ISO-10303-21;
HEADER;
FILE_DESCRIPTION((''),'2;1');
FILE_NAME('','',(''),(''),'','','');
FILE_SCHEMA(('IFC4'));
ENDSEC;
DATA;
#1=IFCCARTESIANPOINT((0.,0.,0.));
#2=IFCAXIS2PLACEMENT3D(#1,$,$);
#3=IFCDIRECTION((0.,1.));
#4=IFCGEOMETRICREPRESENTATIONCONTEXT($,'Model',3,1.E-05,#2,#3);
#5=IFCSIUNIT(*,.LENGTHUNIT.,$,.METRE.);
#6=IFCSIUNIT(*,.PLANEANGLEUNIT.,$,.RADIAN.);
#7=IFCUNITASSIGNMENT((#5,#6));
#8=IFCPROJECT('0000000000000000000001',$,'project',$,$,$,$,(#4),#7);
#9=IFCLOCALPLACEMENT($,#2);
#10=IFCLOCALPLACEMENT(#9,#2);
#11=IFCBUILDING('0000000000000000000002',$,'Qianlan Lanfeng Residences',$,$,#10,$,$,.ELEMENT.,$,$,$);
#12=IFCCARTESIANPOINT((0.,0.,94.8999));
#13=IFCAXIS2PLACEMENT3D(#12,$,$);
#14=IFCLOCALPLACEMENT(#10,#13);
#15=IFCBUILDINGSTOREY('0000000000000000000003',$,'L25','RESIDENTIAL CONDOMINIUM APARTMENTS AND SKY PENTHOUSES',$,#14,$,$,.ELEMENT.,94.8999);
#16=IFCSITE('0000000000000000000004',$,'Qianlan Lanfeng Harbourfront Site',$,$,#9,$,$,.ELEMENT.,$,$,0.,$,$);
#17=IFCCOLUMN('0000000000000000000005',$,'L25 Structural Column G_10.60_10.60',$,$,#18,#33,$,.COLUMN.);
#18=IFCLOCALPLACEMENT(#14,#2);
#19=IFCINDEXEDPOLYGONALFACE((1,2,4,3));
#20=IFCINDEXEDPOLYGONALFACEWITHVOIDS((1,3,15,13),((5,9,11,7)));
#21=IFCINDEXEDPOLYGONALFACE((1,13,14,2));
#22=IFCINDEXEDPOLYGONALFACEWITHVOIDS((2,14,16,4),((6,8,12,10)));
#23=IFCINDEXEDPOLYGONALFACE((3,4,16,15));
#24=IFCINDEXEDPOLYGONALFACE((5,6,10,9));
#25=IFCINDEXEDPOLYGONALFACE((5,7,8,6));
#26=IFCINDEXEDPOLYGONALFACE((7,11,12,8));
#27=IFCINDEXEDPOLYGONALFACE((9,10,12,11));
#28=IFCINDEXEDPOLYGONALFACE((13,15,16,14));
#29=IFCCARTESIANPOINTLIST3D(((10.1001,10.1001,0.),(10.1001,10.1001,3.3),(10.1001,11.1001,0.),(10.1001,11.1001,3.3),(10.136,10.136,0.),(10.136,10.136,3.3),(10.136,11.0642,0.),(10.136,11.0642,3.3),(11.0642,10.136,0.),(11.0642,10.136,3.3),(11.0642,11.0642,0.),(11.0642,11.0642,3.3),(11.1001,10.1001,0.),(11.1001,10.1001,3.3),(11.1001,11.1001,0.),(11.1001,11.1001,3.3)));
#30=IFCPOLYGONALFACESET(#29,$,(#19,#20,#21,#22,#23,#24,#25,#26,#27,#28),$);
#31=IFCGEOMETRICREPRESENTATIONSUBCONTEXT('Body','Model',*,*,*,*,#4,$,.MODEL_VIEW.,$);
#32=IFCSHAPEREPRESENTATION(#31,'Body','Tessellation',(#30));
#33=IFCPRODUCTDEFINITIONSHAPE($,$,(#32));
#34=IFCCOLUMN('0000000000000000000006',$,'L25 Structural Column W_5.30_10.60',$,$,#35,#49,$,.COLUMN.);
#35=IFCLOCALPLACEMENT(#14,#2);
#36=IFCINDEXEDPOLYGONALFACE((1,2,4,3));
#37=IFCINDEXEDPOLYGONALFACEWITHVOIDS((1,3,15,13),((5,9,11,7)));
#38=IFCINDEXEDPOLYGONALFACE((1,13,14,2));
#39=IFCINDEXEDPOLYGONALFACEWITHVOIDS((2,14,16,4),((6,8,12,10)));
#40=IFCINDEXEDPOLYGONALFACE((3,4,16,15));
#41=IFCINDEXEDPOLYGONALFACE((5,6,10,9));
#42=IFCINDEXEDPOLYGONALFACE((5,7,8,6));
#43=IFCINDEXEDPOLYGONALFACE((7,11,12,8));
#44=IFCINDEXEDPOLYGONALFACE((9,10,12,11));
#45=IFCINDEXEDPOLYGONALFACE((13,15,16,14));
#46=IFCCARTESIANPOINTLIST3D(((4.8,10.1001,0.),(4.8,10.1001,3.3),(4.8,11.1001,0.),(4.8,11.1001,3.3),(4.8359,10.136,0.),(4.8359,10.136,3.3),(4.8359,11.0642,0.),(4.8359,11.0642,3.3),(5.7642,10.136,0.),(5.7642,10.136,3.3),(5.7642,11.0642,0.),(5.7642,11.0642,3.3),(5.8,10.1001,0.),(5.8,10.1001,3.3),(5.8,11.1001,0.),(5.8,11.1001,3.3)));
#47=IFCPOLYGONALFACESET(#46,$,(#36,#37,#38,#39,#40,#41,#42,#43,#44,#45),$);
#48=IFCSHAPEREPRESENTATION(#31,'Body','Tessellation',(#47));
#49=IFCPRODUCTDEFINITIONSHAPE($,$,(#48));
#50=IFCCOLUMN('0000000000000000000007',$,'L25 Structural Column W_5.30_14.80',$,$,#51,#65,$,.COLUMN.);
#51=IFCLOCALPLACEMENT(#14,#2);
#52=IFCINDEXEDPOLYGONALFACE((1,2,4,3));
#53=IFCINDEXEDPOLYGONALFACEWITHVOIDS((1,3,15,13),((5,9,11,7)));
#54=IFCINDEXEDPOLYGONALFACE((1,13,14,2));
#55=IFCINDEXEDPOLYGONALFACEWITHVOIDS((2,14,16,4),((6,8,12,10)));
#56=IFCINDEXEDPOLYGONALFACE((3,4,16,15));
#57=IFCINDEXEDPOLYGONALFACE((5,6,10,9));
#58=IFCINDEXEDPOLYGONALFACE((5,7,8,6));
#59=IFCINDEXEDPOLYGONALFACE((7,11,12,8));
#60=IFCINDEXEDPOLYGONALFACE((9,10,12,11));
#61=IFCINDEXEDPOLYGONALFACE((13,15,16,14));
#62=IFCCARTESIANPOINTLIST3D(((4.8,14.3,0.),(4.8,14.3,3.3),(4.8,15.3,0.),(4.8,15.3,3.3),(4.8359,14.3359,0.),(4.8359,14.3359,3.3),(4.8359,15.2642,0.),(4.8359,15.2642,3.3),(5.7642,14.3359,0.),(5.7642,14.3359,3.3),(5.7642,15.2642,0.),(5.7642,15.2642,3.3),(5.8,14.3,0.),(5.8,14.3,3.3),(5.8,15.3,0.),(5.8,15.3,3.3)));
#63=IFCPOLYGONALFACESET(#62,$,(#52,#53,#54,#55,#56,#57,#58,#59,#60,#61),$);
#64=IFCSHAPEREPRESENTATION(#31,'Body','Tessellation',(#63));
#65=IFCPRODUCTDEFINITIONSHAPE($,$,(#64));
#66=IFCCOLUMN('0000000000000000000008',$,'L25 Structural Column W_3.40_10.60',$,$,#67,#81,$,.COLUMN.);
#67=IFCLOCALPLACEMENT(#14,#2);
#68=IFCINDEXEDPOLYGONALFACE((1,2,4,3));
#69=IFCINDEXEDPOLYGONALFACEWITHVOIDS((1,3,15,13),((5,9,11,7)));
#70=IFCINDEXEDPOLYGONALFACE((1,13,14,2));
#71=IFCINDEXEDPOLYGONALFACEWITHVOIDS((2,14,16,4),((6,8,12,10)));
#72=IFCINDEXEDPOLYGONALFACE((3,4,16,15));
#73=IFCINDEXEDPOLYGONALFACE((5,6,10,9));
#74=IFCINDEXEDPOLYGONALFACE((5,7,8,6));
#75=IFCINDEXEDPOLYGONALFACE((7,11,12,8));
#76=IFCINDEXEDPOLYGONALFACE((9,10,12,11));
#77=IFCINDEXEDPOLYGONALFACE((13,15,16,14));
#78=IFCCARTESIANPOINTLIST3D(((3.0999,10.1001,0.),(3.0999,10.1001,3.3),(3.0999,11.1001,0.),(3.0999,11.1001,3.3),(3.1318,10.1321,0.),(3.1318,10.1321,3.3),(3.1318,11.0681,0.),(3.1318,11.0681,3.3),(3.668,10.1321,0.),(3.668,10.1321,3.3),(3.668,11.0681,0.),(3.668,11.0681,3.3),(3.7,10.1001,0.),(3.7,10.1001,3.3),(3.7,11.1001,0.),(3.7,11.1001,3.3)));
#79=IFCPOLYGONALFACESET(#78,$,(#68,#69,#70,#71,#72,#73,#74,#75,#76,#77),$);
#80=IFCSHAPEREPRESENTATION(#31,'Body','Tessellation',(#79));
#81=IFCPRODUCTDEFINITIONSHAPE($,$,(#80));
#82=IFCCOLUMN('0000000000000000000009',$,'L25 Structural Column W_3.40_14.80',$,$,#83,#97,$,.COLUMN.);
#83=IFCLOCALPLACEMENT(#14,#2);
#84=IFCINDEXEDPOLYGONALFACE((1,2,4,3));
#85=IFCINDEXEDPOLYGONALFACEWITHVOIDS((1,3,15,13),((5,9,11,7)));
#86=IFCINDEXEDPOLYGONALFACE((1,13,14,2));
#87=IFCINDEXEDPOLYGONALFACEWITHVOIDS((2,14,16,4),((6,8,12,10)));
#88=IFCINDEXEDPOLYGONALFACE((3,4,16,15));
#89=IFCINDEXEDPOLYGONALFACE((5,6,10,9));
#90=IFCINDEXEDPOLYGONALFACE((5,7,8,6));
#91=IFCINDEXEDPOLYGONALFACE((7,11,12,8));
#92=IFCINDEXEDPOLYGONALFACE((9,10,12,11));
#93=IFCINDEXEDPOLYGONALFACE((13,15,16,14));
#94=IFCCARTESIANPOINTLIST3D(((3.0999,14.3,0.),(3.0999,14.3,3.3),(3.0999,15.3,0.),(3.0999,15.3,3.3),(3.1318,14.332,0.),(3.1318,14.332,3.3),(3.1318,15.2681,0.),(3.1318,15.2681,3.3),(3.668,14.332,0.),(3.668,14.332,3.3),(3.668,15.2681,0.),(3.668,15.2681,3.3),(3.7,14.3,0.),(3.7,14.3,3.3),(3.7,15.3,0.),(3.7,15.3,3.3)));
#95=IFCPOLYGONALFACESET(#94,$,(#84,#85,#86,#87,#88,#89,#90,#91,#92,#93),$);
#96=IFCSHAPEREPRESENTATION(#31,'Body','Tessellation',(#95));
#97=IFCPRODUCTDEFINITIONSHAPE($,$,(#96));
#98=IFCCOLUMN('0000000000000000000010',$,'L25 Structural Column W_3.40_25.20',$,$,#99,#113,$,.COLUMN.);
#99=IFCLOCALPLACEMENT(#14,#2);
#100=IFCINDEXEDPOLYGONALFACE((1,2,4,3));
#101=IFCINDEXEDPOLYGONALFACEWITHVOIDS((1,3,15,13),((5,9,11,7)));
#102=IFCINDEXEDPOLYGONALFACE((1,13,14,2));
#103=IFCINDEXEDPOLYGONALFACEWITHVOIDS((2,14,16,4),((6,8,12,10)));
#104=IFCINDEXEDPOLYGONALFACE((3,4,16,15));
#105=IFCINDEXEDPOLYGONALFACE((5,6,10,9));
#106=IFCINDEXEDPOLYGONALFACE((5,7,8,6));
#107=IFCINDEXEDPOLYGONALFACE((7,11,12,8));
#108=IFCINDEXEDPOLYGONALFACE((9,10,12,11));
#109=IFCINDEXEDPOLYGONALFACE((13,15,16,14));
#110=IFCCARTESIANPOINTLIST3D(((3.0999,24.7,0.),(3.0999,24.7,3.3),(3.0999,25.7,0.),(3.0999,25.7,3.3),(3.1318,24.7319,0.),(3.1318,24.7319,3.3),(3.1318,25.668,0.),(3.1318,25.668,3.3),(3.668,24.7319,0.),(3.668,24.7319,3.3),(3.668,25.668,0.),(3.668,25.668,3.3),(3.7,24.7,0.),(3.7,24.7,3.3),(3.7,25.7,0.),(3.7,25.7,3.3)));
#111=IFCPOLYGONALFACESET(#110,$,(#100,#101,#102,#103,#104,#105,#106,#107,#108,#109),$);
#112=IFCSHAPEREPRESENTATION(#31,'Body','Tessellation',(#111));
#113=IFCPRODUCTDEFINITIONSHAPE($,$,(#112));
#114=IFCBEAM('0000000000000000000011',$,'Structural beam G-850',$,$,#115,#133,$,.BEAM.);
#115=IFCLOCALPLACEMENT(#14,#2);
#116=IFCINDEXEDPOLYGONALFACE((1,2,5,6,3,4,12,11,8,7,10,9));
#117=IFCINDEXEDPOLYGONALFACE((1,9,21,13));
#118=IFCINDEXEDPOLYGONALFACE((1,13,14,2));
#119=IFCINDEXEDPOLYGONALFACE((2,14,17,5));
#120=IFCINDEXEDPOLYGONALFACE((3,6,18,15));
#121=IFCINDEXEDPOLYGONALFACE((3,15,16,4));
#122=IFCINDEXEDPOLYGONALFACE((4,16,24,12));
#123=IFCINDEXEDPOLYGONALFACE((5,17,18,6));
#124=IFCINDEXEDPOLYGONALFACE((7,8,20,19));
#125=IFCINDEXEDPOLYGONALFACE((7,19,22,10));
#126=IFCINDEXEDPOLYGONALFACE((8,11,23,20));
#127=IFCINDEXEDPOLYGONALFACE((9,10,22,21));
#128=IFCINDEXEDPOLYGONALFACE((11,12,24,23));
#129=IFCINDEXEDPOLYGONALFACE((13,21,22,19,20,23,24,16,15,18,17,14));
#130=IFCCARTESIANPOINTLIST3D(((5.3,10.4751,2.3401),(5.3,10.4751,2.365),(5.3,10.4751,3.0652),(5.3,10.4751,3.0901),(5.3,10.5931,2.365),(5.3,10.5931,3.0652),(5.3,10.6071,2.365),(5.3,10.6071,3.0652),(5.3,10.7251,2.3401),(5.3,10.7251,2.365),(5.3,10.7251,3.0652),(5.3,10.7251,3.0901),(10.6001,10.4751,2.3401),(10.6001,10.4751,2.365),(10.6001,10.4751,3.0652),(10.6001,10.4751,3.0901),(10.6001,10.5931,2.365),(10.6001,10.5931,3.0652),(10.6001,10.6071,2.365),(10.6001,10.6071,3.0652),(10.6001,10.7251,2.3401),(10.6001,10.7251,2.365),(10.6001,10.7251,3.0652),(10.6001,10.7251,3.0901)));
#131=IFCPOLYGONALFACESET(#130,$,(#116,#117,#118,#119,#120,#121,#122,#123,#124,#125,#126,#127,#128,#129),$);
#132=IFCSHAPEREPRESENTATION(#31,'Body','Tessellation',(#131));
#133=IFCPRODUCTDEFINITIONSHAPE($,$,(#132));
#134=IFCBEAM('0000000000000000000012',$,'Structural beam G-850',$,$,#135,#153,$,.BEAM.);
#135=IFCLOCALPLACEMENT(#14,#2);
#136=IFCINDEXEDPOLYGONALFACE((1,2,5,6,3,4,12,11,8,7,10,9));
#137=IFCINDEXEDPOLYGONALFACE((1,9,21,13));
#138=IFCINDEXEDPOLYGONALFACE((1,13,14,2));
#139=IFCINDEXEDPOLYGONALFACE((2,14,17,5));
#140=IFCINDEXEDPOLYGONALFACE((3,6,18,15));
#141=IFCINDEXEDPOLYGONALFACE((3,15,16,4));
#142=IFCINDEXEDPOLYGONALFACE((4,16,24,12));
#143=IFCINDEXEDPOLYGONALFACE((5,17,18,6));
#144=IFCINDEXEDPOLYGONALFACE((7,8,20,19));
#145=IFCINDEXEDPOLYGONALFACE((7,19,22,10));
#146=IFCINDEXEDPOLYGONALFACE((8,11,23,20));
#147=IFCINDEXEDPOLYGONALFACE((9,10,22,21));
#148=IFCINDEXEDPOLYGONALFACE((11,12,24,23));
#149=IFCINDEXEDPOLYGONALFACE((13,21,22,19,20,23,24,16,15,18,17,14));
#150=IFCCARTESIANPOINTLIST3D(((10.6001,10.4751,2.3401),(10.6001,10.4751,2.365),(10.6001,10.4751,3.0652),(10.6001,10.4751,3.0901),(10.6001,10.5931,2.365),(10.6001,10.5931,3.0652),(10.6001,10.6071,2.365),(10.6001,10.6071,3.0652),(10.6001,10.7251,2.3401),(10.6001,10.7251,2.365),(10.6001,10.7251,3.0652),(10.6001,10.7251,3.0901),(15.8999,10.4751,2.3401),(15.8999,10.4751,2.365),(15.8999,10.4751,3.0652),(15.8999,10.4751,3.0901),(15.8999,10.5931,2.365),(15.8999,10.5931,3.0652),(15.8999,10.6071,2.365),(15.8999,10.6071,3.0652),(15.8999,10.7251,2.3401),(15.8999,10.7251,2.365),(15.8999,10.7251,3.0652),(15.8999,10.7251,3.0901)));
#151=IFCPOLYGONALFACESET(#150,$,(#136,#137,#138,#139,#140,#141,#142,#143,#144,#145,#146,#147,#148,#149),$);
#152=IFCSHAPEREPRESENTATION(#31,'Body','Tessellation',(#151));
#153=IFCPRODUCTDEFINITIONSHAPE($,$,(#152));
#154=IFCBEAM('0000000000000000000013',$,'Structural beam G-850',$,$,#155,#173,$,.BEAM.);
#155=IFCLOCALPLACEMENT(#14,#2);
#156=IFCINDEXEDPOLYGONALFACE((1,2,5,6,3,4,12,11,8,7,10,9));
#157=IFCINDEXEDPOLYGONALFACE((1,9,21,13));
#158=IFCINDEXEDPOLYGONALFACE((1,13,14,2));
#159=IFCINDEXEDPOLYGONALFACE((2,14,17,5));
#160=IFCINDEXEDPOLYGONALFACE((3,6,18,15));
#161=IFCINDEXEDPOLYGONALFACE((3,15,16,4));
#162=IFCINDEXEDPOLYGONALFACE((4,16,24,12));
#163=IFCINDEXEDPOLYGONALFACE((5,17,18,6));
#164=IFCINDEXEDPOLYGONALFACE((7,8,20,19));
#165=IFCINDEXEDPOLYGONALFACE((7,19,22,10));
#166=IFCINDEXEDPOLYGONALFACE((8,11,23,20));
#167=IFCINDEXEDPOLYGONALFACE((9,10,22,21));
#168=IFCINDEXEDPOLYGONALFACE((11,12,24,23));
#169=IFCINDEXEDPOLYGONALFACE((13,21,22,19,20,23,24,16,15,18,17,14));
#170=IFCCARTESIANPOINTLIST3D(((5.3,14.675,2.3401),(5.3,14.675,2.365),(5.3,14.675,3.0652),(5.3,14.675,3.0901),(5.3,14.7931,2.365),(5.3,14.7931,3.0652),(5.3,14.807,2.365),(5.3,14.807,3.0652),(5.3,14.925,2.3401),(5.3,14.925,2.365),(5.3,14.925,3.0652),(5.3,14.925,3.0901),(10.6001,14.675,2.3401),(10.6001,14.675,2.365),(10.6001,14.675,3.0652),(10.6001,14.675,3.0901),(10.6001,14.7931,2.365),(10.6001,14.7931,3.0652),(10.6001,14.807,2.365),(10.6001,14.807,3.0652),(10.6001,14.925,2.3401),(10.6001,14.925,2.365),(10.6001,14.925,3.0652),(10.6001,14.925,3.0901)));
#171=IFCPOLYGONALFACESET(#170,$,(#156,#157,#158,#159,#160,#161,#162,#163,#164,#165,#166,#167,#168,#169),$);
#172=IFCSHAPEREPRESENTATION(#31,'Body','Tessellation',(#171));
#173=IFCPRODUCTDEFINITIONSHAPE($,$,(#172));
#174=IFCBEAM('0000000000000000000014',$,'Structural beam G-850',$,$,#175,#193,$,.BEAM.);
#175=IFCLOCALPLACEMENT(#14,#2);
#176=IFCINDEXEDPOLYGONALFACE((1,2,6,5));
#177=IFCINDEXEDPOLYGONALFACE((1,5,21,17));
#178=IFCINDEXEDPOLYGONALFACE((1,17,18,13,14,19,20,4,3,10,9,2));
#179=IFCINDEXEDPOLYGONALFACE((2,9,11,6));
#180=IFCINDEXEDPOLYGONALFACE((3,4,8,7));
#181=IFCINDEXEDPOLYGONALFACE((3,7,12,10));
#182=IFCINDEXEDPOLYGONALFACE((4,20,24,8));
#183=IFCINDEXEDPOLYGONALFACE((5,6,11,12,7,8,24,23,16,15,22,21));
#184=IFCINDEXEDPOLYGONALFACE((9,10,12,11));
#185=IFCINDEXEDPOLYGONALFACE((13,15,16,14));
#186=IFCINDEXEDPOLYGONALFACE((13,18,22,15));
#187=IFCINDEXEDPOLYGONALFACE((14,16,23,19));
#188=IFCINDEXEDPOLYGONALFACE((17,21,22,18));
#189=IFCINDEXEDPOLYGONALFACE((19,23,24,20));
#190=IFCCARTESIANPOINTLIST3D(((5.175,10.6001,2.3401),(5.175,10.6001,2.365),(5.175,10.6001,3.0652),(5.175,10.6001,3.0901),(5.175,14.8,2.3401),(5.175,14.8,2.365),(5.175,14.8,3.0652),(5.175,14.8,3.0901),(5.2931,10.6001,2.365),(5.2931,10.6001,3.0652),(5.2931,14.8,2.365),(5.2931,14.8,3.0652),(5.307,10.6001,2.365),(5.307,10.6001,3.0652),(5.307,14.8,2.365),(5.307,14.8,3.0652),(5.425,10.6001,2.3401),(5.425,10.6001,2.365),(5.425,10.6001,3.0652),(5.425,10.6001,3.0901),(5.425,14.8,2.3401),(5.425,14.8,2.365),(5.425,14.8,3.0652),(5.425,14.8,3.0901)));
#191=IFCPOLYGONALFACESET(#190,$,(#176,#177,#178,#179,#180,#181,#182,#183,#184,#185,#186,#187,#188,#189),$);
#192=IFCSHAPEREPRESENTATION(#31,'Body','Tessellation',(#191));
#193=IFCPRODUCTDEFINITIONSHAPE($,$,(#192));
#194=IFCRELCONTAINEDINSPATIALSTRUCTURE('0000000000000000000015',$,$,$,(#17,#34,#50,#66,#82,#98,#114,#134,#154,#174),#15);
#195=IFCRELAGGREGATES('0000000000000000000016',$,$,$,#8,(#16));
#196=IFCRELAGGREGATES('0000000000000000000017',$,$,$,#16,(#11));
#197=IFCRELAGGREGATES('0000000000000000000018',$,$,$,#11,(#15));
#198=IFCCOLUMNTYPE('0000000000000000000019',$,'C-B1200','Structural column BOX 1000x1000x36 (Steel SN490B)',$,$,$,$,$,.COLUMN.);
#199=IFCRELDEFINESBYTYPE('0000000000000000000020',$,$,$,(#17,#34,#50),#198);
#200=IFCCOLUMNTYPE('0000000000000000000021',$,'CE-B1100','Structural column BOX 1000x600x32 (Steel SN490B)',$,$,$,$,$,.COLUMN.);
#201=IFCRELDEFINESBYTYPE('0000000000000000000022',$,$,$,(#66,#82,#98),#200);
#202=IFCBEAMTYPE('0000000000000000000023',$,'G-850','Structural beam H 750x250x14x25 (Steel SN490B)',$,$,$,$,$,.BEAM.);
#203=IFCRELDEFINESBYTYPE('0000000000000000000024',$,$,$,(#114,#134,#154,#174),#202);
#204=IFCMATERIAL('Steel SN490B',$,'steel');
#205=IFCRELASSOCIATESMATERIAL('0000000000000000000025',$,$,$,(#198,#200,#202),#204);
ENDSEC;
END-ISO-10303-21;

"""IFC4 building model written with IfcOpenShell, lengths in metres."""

from ifc_helpers import new_model, si_unit, direction, frame, origin, origin_2d, place, context, subcontext, project, spatial, hollow_rectangle, i_section, extrude, material, material_profile, profile_set, type_object, element, save


model = new_model("IFC4")

# Units and contexts
model_context = context("Model", 3, precision=1e-05, world=origin(), true_north=direction((0.0, 1.0)))
body_context = subcontext(model_context, "Body", "Model", "MODEL_VIEW")
ifc_project = project(units=[si_unit("LENGTHUNIT", "METRE"), si_unit("PLANEANGLEUNIT", "RADIAN")], contexts=[model_context])

# Site, building, storey
site_placement = place(None, origin())
site = spatial("IfcSite", under=ifc_project, at=site_placement, Name="Qianlan Lanfeng Harbourfront Site", CompositionType="ELEMENT", RefElevation=0.0)
building_placement = place(site_placement, origin())
building = spatial("IfcBuilding", under=site, at=building_placement, Name="Qianlan Lanfeng Residences", CompositionType="ELEMENT")
storey_placement = place(building_placement, frame((0.0, 0.0, 94.8999)))
storey = spatial("IfcBuildingStorey", under=building, at=storey_placement, Name="L25", Description="RESIDENTIAL CONDOMINIUM APARTMENTS AND SKY PENTHOUSES", CompositionType="ELEMENT", Elevation=94.8999)

# Columns
ifc_material_1 = material(Name="Steel SN490B", Category="steel")
ifc_material_profile_1 = material_profile(ifc_material_1, hollow_rectangle(XDim=1.0, YDim=1.0, WallThickness=0.0359, at=origin_2d()), Name="BOX 1000x1000x36")
ifc_profile_set_1 = profile_set([ifc_material_profile_1], Name="Steel SN490B")
column_type_1 = type_object("IfcColumnType", Name="C-B1200", Description="Structural column BOX 1000x1000x36 (Steel SN490B)", PredefinedType="COLUMN", material=ifc_profile_set_1)
for number, where, z_axis, x_axis, name in (
    (1, (10.6001, 10.6001, 0.0), (0.0, 0.0, 1.0), (1.0, 0.0, 0.0), "L25 Structural Column G_10.60_10.60"),
    (2, (5.3, 10.6001, 0.0), (0.0, 0.0, 1.0), (1.0, 0.0, 0.0), "L25 Structural Column W_5.30_10.60"),
    (3, (5.3, 14.8, 0.0), (0.0, 0.0, 1.0), (1.0, 0.0, 0.0), "L25 Structural Column W_5.30_14.80"),
):
    element("IfcColumn", number, at=place(storey_placement, frame(where, z_axis=z_axis, x_axis=x_axis)), inside=storey, type_object=column_type_1, Name=name, PredefinedType="COLUMN", context=body_context, shape_type="SweptSolid", body=[
        extrude(hollow_rectangle(XDim=1.0, YDim=1.0, WallThickness=0.0359, at=origin_2d()), origin(), (0.0, 0.0, 1.0), 3.3),
    ])
ifc_material_profile_2 = material_profile(ifc_material_1, hollow_rectangle(XDim=0.6001, YDim=1.0, WallThickness=0.032, at=origin_2d()), Name="BOX 1000x600x32")
ifc_profile_set_2 = profile_set([ifc_material_profile_2], Name="Steel SN490B")
column_type_2 = type_object("IfcColumnType", Name="CE-B1100", Description="Structural column BOX 1000x600x32 (Steel SN490B)", PredefinedType="COLUMN", material=ifc_profile_set_2)
for number, where, z_axis, x_axis, name in (
    (4, (3.3999, 10.6001, 0.0), (0.0, 0.0, 1.0), (1.0, 0.0, 0.0), "L25 Structural Column W_3.40_10.60"),
    (5, (3.3999, 14.8, 0.0), (0.0, 0.0, 1.0), (1.0, 0.0, 0.0), "L25 Structural Column W_3.40_14.80"),
    (6, (3.3999, 25.2, 0.0), (0.0, 0.0, 1.0), (1.0, 0.0, 0.0), "L25 Structural Column W_3.40_25.20"),
):
    element("IfcColumn", number, at=place(storey_placement, frame(where, z_axis=z_axis, x_axis=x_axis)), inside=storey, type_object=column_type_2, Name=name, PredefinedType="COLUMN", context=body_context, shape_type="SweptSolid", body=[
        extrude(hollow_rectangle(XDim=0.6001, YDim=1.0, WallThickness=0.032, at=origin_2d()), origin(), (0.0, 0.0, 1.0), 3.3),
    ])

# Beams
ifc_material_profile_3 = material_profile(ifc_material_1, i_section(OverallWidth=0.25, OverallDepth=0.75, WebThickness=0.0139, FlangeThickness=0.0249, at=origin_2d()), Name="H 750x250x14x25")
ifc_profile_set_3 = profile_set([ifc_material_profile_3], Name="Steel SN490B")
beam_type_1 = type_object("IfcBeamType", Name="G-850", Description="Structural beam H 750x250x14x25 (Steel SN490B)", PredefinedType="BEAM", material=ifc_profile_set_3)
beam_1_placement = place(storey_placement, frame((5.3, 10.6001, 2.7151), z_axis=(1.0, 0.0, 0.0), x_axis=(0.0, 1.0, 0.0)))
element("IfcBeam", 7, at=beam_1_placement, inside=storey, type_object=beam_type_1, Name="Structural beam G-850", PredefinedType="BEAM", context=body_context, shape_type="SweptSolid", body=[
    extrude(i_section(OverallWidth=0.25, OverallDepth=0.75, WebThickness=0.0139, FlangeThickness=0.0249, at=origin_2d()), origin(), (0.0, 0.0, 1.0), 5.3),
])
beam_2_placement = place(storey_placement, frame((10.6001, 10.6001, 2.7151), z_axis=(1.0, 0.0, 0.0), x_axis=(0.0, 1.0, 0.0)))
element("IfcBeam", 8, at=beam_2_placement, inside=storey, type_object=beam_type_1, Name="Structural beam G-850", PredefinedType="BEAM", context=body_context, shape_type="SweptSolid", body=[
    extrude(i_section(OverallWidth=0.25, OverallDepth=0.75, WebThickness=0.0139, FlangeThickness=0.0249, at=origin_2d()), origin(), (0.0, 0.0, 1.0), 5.2998),
])
beam_3_placement = place(storey_placement, frame((5.3, 14.8, 2.7151), z_axis=(1.0, 0.0, 0.0), x_axis=(0.0, 1.0, 0.0)))
element("IfcBeam", 9, at=beam_3_placement, inside=storey, type_object=beam_type_1, Name="Structural beam G-850", PredefinedType="BEAM", context=body_context, shape_type="SweptSolid", body=[
    extrude(i_section(OverallWidth=0.25, OverallDepth=0.75, WebThickness=0.0139, FlangeThickness=0.0249, at=origin_2d()), origin(), (0.0, 0.0, 1.0), 5.3),
])
beam_4_placement = place(storey_placement, frame((5.3, 10.6001, 2.7151), z_axis=(0.0, 1.0, 0.0), x_axis=(-1.0, 0.0, 0.0)))
element("IfcBeam", 10, at=beam_4_placement, inside=storey, type_object=beam_type_1, Name="Structural beam G-850", PredefinedType="BEAM", context=body_context, shape_type="SweptSolid", body=[
    extrude(i_section(OverallWidth=0.25, OverallDepth=0.75, WebThickness=0.0139, FlangeThickness=0.0249, at=origin_2d()), origin(), (0.0, 0.0, 1.0), 4.2),
])

save(model, "model.ifc")
